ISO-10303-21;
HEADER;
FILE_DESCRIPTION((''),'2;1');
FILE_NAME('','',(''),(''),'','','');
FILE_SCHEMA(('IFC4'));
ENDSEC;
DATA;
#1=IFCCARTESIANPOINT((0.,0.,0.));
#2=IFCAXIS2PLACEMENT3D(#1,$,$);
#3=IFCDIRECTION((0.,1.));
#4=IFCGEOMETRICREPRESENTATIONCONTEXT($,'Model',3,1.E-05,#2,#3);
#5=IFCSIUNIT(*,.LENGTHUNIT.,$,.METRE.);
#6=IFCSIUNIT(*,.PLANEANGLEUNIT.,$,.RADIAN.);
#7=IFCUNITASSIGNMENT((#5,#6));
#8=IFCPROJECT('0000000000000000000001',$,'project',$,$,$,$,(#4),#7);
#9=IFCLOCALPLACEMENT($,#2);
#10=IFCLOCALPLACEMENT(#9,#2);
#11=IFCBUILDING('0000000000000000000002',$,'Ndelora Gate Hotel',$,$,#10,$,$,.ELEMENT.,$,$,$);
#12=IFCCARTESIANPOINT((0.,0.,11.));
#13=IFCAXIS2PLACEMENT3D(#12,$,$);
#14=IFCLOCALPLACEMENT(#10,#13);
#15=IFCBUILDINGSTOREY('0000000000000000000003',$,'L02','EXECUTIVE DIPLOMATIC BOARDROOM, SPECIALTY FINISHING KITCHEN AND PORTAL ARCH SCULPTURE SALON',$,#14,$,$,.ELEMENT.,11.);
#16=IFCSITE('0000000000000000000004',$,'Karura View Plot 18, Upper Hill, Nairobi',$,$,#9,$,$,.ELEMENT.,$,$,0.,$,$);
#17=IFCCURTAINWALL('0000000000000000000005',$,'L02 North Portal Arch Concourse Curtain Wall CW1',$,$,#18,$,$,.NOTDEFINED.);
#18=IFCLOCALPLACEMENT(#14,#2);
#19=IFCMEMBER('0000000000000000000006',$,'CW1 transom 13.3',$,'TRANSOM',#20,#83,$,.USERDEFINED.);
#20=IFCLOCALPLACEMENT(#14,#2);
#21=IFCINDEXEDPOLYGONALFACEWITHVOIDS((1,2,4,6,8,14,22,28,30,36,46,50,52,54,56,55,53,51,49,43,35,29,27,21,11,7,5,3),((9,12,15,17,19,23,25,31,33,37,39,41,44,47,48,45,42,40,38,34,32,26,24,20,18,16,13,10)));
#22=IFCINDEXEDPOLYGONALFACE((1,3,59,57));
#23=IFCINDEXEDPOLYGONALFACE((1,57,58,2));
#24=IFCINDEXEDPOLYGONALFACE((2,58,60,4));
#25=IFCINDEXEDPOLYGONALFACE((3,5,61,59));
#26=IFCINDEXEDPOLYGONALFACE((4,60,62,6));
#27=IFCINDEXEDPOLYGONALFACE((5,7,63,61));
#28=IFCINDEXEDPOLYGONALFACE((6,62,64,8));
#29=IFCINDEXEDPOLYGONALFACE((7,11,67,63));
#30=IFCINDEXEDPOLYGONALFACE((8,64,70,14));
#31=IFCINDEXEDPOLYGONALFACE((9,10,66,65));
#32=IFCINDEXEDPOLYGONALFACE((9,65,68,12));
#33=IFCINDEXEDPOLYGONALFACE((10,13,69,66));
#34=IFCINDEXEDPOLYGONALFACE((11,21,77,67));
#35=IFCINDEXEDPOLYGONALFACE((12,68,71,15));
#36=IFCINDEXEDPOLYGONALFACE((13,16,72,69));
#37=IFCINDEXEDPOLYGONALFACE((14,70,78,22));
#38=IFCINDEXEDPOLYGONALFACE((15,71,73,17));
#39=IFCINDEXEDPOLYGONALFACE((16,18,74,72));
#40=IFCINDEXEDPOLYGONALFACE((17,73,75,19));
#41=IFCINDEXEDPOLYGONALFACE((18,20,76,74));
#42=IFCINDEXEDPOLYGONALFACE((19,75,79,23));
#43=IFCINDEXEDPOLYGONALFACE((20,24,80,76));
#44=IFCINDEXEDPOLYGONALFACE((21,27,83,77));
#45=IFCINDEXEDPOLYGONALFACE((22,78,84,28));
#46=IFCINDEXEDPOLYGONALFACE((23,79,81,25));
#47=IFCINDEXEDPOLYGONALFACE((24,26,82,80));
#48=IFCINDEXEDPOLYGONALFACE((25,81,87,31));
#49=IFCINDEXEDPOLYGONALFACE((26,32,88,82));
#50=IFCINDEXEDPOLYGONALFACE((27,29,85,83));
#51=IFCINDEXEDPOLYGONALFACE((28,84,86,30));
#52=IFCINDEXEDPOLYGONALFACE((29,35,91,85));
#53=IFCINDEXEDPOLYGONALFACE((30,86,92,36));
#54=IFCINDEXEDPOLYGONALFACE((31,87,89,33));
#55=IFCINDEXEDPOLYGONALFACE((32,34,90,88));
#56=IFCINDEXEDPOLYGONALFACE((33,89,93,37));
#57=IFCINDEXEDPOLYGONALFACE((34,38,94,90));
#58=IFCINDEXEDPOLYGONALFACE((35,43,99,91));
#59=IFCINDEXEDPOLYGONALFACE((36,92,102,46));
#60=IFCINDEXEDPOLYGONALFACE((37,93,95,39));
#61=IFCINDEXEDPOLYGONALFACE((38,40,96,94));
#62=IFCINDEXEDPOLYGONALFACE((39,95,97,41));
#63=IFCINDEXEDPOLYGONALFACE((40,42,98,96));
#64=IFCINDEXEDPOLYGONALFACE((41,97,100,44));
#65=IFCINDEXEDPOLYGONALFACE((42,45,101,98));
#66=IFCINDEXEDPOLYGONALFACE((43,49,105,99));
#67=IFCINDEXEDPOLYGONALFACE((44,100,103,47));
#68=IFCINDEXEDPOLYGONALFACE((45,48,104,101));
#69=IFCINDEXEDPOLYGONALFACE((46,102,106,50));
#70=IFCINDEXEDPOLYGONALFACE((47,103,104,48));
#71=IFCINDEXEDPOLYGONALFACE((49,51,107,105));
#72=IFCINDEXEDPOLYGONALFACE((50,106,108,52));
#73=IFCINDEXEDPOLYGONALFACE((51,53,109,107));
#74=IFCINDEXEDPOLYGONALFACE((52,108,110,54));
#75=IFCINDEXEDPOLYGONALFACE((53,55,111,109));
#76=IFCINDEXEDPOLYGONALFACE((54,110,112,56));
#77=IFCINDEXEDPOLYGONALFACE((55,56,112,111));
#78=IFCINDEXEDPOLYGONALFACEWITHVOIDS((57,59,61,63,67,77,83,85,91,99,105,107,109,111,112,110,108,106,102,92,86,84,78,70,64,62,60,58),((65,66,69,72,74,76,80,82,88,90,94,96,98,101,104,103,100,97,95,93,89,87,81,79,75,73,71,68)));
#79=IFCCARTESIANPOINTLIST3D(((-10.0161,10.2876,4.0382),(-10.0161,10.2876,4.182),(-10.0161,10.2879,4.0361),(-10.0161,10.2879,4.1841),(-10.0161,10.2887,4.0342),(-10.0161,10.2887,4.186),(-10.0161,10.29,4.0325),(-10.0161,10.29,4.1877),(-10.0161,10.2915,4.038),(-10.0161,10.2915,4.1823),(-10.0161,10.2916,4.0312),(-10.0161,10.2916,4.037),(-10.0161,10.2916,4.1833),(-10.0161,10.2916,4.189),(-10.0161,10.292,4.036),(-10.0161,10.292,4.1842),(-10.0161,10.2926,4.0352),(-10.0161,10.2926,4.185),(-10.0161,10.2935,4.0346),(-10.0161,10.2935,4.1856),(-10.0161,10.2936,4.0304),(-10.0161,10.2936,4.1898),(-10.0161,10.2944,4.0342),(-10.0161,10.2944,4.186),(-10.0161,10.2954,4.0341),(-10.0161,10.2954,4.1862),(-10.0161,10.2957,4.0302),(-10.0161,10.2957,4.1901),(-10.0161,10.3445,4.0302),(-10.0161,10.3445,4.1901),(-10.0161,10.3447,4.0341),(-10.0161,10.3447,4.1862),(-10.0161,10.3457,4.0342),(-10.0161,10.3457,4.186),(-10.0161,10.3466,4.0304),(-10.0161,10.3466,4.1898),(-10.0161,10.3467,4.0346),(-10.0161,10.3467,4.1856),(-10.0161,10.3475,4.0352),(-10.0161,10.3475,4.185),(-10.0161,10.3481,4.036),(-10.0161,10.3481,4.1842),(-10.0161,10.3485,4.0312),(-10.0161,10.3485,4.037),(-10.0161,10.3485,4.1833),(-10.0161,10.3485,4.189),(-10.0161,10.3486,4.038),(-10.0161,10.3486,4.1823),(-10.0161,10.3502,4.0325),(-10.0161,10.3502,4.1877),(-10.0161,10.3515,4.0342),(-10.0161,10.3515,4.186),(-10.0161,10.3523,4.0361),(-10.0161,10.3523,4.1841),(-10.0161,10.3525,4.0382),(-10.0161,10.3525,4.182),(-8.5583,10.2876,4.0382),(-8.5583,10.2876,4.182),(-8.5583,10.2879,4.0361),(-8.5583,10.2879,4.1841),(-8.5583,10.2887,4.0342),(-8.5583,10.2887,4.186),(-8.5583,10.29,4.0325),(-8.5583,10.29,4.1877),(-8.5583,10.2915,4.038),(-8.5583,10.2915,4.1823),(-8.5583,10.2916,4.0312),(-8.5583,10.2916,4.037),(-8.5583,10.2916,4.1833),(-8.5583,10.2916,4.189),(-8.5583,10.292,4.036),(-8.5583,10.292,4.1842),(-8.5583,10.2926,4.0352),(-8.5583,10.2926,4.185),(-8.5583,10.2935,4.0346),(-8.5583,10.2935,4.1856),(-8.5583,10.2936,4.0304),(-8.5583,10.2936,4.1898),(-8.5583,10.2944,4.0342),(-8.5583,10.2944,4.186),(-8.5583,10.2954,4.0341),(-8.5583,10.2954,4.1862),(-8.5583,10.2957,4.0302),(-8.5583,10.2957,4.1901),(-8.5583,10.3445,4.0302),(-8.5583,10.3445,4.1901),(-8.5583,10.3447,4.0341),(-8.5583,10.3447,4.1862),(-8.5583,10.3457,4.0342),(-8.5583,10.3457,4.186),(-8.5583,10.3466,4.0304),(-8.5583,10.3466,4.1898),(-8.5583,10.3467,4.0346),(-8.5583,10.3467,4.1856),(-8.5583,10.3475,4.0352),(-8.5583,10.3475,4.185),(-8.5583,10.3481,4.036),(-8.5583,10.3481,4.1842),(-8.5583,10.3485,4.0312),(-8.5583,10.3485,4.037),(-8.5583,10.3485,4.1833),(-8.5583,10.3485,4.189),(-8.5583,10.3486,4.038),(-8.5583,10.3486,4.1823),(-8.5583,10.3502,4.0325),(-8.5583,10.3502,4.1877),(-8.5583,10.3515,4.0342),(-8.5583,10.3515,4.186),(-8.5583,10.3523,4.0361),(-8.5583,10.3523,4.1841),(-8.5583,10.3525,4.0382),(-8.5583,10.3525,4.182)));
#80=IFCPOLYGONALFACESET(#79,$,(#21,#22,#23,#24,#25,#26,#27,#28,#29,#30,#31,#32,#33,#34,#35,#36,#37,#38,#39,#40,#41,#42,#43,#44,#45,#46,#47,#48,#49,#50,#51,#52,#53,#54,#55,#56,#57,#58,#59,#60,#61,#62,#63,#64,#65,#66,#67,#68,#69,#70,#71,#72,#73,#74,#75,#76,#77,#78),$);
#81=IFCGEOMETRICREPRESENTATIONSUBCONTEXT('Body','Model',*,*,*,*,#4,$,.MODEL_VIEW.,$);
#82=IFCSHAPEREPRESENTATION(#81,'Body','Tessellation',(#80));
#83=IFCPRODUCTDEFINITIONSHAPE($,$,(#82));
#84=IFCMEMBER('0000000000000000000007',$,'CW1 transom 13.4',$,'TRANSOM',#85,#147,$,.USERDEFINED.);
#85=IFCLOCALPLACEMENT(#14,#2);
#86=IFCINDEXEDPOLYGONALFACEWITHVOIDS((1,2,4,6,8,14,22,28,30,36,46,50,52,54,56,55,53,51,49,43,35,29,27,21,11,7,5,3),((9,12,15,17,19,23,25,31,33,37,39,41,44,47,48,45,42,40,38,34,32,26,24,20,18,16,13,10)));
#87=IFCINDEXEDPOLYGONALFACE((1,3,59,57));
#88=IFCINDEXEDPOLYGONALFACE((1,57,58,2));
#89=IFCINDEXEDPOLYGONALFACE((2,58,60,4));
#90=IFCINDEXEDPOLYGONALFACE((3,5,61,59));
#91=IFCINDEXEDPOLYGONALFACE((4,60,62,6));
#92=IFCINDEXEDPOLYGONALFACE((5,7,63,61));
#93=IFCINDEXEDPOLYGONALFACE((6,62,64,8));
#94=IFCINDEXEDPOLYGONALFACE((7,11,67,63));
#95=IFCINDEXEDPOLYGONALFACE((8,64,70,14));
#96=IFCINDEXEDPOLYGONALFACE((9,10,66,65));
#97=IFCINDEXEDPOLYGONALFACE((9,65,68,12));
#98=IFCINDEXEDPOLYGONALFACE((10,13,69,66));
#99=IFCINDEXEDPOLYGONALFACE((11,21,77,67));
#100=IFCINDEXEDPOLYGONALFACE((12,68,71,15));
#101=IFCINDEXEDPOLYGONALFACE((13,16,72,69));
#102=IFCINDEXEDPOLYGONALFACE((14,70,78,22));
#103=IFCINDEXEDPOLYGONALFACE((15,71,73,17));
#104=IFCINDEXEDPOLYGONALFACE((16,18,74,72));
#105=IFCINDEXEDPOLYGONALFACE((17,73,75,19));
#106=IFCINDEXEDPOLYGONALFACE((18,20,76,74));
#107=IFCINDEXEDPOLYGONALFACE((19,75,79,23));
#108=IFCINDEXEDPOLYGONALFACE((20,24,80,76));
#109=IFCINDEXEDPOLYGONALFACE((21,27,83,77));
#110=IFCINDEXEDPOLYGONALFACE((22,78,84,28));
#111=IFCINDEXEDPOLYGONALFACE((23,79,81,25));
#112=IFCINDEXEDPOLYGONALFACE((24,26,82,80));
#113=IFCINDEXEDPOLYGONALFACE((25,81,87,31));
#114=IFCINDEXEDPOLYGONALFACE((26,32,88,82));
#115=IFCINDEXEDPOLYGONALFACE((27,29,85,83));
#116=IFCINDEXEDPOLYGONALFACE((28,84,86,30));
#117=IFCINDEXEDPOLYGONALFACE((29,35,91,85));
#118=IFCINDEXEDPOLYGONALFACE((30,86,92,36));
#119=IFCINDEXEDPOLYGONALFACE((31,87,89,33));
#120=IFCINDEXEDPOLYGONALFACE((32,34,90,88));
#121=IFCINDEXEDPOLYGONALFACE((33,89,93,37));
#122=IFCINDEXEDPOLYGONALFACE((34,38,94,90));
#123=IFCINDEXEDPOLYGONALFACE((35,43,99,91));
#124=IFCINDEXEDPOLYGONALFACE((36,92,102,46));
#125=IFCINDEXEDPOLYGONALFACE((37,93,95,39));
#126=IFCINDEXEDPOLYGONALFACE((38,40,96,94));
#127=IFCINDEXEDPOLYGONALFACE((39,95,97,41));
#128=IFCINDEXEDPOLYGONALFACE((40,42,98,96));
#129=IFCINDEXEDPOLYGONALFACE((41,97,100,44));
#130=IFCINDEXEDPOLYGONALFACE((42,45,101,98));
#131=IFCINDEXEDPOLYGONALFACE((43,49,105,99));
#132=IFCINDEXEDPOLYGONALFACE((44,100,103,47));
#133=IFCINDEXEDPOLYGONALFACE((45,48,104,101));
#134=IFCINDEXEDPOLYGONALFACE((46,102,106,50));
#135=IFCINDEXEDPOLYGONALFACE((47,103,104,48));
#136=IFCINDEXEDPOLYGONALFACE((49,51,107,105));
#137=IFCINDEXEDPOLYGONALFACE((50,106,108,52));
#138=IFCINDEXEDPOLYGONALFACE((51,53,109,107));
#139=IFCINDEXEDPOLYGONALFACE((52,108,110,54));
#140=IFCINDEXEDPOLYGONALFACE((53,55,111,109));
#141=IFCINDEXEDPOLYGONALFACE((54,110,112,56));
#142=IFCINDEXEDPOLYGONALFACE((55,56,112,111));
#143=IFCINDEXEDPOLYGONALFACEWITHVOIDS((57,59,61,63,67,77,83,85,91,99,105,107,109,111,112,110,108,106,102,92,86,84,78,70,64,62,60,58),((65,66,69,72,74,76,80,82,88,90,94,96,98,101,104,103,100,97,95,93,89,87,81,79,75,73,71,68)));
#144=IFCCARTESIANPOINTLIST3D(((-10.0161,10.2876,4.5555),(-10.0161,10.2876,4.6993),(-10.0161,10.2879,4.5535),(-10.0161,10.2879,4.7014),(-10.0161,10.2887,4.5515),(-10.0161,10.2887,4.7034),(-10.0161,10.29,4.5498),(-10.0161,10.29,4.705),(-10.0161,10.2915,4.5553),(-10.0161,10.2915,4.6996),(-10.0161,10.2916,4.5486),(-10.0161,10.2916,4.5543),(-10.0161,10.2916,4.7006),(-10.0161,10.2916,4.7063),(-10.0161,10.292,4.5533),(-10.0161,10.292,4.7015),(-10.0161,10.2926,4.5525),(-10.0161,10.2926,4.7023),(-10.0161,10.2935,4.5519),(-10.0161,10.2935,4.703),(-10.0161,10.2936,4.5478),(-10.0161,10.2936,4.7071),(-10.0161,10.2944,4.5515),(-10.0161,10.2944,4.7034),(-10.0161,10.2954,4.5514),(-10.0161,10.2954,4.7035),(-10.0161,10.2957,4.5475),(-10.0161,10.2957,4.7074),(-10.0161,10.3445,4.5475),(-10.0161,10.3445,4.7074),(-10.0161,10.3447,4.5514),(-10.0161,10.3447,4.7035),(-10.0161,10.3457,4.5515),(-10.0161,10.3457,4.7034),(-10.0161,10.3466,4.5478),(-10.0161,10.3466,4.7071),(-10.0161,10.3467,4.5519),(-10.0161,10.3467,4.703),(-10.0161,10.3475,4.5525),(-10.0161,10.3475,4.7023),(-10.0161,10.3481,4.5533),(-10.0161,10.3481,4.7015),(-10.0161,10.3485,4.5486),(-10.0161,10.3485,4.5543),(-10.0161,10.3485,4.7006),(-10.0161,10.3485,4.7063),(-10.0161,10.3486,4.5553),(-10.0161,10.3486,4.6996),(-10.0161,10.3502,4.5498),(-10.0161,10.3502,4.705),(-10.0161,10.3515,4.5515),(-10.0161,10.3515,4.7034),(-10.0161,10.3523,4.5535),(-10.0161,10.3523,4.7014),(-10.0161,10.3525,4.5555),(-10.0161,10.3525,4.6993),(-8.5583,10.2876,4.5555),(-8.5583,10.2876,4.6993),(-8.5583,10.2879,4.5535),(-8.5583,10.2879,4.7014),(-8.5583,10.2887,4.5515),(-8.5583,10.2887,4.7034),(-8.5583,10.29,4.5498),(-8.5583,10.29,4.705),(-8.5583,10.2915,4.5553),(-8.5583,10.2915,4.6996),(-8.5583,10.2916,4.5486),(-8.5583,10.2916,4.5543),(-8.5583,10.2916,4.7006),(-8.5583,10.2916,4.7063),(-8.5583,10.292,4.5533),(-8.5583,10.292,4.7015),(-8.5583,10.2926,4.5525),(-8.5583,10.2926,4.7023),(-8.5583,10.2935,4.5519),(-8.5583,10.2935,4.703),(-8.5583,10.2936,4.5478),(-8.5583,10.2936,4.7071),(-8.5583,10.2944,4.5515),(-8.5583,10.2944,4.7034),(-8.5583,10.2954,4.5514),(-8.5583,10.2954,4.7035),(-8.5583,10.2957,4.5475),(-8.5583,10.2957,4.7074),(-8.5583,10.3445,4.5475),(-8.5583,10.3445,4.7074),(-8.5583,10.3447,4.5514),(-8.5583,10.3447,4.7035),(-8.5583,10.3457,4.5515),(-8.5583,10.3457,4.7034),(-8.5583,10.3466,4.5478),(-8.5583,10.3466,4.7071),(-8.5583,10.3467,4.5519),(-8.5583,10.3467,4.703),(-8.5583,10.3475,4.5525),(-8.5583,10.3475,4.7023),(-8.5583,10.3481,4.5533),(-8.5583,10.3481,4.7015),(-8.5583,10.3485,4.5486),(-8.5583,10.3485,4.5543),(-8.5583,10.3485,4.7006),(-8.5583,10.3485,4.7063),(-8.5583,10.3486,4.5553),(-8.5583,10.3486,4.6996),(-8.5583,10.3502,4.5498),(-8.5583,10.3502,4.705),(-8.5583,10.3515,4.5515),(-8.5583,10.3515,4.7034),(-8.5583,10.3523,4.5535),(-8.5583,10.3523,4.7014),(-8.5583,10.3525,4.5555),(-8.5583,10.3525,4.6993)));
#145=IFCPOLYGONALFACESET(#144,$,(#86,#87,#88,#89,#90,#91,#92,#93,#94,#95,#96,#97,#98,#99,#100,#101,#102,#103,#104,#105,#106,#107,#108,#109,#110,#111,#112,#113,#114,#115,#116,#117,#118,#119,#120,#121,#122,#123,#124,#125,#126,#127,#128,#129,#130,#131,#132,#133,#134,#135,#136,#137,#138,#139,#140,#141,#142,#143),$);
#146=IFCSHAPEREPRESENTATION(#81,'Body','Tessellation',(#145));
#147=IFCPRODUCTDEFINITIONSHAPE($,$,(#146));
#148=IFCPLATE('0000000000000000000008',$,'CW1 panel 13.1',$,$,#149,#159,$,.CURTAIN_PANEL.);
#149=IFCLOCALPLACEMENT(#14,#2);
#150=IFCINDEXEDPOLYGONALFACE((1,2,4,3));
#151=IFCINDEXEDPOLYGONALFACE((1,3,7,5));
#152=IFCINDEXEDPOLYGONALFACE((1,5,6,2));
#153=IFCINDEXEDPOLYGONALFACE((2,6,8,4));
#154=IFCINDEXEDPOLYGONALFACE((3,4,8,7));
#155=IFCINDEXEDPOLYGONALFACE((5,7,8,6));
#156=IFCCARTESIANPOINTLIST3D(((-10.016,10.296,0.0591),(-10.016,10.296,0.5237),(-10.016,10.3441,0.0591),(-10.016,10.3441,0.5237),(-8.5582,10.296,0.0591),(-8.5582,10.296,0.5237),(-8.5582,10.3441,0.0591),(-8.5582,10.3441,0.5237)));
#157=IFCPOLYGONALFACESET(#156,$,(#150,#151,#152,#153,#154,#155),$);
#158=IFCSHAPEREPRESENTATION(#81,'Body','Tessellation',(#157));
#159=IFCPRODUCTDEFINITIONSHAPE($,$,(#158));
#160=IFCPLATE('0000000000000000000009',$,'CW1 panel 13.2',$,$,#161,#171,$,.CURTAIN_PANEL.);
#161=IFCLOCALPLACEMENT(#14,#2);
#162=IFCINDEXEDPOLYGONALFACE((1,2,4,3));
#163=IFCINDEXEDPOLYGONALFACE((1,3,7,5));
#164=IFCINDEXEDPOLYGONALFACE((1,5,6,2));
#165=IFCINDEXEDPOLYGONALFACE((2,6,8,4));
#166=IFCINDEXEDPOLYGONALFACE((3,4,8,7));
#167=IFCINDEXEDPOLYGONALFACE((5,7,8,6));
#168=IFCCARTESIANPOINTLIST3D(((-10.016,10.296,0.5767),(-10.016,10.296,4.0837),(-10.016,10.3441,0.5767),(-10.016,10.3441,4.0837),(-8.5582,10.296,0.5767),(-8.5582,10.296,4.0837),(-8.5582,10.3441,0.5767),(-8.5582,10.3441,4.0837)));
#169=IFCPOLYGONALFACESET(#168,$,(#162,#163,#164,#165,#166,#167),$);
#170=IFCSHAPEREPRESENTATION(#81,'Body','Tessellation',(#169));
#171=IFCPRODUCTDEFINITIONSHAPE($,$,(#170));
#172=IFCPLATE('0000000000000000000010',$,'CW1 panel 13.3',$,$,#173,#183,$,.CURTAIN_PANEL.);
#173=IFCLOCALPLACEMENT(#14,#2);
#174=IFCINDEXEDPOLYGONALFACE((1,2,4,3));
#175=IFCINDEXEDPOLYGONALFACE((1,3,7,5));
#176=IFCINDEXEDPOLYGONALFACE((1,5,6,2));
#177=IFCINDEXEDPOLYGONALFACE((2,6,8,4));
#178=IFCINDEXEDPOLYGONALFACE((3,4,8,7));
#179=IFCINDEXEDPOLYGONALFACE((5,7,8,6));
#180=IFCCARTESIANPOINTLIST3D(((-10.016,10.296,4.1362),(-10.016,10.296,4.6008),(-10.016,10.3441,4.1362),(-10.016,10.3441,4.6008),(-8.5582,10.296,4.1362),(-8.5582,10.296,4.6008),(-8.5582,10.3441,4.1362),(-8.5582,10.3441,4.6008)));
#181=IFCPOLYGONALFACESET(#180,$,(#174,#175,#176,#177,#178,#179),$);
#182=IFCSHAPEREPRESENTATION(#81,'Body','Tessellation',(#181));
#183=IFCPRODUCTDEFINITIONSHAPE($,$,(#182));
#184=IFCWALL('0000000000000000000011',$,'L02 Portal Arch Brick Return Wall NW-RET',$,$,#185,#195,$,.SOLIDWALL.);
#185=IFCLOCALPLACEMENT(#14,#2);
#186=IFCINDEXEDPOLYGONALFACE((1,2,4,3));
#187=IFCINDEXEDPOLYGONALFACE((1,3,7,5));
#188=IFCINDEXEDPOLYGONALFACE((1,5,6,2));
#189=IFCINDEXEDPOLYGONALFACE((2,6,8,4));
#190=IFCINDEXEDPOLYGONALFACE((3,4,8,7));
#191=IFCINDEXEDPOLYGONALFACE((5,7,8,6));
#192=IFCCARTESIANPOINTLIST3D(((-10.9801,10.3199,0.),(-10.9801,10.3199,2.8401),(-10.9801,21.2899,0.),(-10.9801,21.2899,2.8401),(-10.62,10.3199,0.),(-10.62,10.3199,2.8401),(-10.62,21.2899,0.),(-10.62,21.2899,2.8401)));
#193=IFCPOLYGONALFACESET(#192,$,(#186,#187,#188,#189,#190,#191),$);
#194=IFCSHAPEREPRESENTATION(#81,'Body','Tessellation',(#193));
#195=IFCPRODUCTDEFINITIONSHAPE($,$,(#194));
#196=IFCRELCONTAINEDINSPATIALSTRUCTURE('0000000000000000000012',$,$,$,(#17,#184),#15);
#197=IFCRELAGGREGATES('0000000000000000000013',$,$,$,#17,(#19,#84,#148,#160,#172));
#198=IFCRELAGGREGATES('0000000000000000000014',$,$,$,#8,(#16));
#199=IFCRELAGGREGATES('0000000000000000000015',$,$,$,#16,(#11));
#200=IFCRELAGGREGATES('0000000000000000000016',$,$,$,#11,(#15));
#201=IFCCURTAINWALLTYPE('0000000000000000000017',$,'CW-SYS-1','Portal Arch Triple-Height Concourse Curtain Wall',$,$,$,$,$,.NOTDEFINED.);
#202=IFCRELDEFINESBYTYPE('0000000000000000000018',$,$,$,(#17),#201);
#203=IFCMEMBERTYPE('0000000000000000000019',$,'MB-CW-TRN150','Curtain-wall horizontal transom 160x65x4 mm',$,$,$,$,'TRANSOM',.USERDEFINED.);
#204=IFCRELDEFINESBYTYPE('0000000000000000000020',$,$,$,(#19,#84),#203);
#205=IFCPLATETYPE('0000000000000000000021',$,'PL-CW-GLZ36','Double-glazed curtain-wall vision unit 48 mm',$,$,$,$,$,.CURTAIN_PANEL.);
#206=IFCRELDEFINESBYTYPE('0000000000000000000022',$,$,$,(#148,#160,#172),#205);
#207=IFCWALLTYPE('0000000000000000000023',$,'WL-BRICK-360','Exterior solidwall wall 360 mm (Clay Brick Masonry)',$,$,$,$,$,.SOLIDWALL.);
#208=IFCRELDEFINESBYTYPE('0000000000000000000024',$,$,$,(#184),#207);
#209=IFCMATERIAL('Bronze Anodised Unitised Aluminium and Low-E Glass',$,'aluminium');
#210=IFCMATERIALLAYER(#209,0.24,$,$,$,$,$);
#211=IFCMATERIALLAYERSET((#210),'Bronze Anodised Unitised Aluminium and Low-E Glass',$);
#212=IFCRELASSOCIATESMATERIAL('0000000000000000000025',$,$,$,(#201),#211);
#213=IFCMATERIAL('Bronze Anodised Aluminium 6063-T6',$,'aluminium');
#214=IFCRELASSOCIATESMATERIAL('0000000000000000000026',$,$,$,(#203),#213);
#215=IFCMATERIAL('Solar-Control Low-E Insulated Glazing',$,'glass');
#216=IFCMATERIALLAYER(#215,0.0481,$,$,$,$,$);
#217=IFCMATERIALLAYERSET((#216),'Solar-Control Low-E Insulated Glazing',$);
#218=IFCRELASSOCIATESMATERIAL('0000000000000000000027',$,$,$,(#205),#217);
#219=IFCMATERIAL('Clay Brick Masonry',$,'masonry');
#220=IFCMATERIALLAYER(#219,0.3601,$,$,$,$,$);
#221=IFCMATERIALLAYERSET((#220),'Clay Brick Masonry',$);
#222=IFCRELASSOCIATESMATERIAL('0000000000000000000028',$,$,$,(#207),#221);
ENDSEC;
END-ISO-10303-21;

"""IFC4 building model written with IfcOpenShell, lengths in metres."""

from ifc_helpers import new_model, si_unit, direction, frame, frame_2d, origin, origin_2d, place, context, subcontext, project, spatial, rectangle, hollow_rectangle, extrude, material, layer, layer_set, material_profile, profile_set, type_object, element, aggregate, save


model = new_model("IFC4")

# Units and contexts
model_context = context("Model", 3, precision=1e-05, world=origin(), true_north=direction((0.0, 1.0)))
body_context = subcontext(model_context, "Body", "Model", "MODEL_VIEW")
ifc_project = project(units=[si_unit("LENGTHUNIT", "METRE"), si_unit("PLANEANGLEUNIT", "RADIAN")], contexts=[model_context])

# Site, building, storey
site_placement = place(None, origin())
site = spatial("IfcSite", under=ifc_project, at=site_placement, Name="Karura View Plot 18, Upper Hill, Nairobi", CompositionType="ELEMENT", RefElevation=0.0)
building_placement = place(site_placement, origin())
building = spatial("IfcBuilding", under=site, at=building_placement, Name="Ndelora Gate Hotel", CompositionType="ELEMENT")
storey_placement = place(building_placement, frame((0.0, 0.0, 11.0)))
storey = spatial("IfcBuildingStorey", under=building, at=storey_placement, Name="L02", Description="EXECUTIVE DIPLOMATIC BOARDROOM, SPECIALTY FINISHING KITCHEN AND PORTAL ARCH SCULPTURE SALON", CompositionType="ELEMENT", Elevation=11.0)

# Curtain wall, members, plates
ifc_material_1 = material(Name="Bronze Anodised Unitised Aluminium and Low-E Glass", Category="aluminium")
ifc_layer_1 = layer(ifc_material_1, 0.24)
ifc_layer_set_1 = layer_set([ifc_layer_1], Name="Bronze Anodised Unitised Aluminium and Low-E Glass")
curtain_wall_type = type_object("IfcCurtainWallType", Name="CW-SYS-1", Description="Portal Arch Triple-Height Concourse Curtain Wall", PredefinedType="NOTDEFINED", material=ifc_layer_set_1)
curtain_wall_placement = place(storey_placement, origin())
curtain_wall = element("IfcCurtainWall", 1, at=curtain_wall_placement, inside=storey, type_object=curtain_wall_type, Name="L02 North Portal Arch Concourse Curtain Wall CW1", PredefinedType="NOTDEFINED")
ifc_material_2 = material(Name="Bronze Anodised Aluminium 6063-T6", Category="aluminium")
ifc_material_profile_1 = material_profile(ifc_material_2, hollow_rectangle(XDim=0.0649, YDim=0.1599, WallThickness=0.0039, InnerFilletRadius=0.0039, OuterFilletRadius=0.0081, at=origin_2d()), Name="ALU 160x65x4")
ifc_profile_set_1 = profile_set([ifc_material_profile_1], Name="Bronze Anodised Aluminium 6063-T6")
member_type_1 = type_object("IfcMemberType", Name="MB-CW-TRN150", Description="Curtain-wall horizontal transom 160x65x4 mm", ElementType="TRANSOM", PredefinedType="USERDEFINED", material=ifc_profile_set_1)
member_1_placement = place(storey_placement, frame((-8.5583, 10.3201, 4.1101), z_axis=(-1.0, 0.0, 0.0), x_axis=(0.0, -1.0, 0.0)))
member_1 = element("IfcMember", 2, at=member_1_placement, type_object=member_type_1, Name="CW1 transom 13.3", ObjectType="TRANSOM", PredefinedType="USERDEFINED", context=body_context, shape_type="SweptSolid", body=[
    extrude(hollow_rectangle(XDim=0.0649, YDim=0.1599, WallThickness=0.0039, InnerFilletRadius=0.0039, OuterFilletRadius=0.0081, at=origin_2d()), origin(), (0.0, 0.0, 1.0), 1.4578),
])
member_2_placement = place(storey_placement, frame((-8.5583, 10.3201, 4.6274), z_axis=(-1.0, 0.0, 0.0), x_axis=(0.0, -1.0, 0.0)))
member_2 = element("IfcMember", 3, at=member_2_placement, type_object=member_type_1, Name="CW1 transom 13.4", ObjectType="TRANSOM", PredefinedType="USERDEFINED", context=body_context, shape_type="SweptSolid", body=[
    extrude(hollow_rectangle(XDim=0.0649, YDim=0.1599, WallThickness=0.0039, InnerFilletRadius=0.0039, OuterFilletRadius=0.0081, at=origin_2d()), origin(), (0.0, 0.0, 1.0), 1.4578),
])
ifc_material_3 = material(Name="Solar-Control Low-E Insulated Glazing", Category="glass")
ifc_layer_2 = layer(ifc_material_3, 0.0481)
ifc_layer_set_2 = layer_set([ifc_layer_2], Name="Solar-Control Low-E Insulated Glazing")
plate_type = type_object("IfcPlateType", Name="PL-CW-GLZ36", Description="Double-glazed curtain-wall vision unit 48 mm", PredefinedType="CURTAIN_PANEL", material=ifc_layer_set_2)
plate_1_placement = place(storey_placement, frame((-9.2871, 10.3201, 0.0591), z_axis=(0.0, 0.0, 1.0), x_axis=(-1.0, 0.0, 0.0)))
plate_1 = element("IfcPlate", 4, at=plate_1_placement, type_object=plate_type, Name="CW1 panel 13.1", PredefinedType="CURTAIN_PANEL", context=body_context, shape_type="SweptSolid", body=[
    extrude(rectangle(XDim=1.4578, YDim=0.0481, at=origin_2d()), origin(), (0.0, 0.0, 1.0), 0.4646),
])
plate_2_placement = place(storey_placement, frame((-9.2871, 10.3201, 0.5767), z_axis=(0.0, 0.0, 1.0), x_axis=(-1.0, 0.0, 0.0)))
plate_2 = element("IfcPlate", 5, at=plate_2_placement, type_object=plate_type, Name="CW1 panel 13.2", PredefinedType="CURTAIN_PANEL", context=body_context, shape_type="SweptSolid", body=[
    extrude(rectangle(XDim=1.4578, YDim=0.0481, at=origin_2d()), origin(), (0.0, 0.0, 1.0), 3.5071),
])
plate_3_placement = place(storey_placement, frame((-9.2871, 10.3201, 4.1362), z_axis=(0.0, 0.0, 1.0), x_axis=(-1.0, 0.0, 0.0)))
plate_3 = element("IfcPlate", 6, at=plate_3_placement, type_object=plate_type, Name="CW1 panel 13.3", PredefinedType="CURTAIN_PANEL", context=body_context, shape_type="SweptSolid", body=[
    extrude(rectangle(XDim=1.4578, YDim=0.0481, at=origin_2d()), origin(), (0.0, 0.0, 1.0), 0.4646),
])
aggregate(curtain_wall, [member_1, member_2, plate_1, plate_2, plate_3])

# Wall
ifc_material_4 = material(Name="Clay Brick Masonry", Category="masonry")
ifc_layer_3 = layer(ifc_material_4, 0.3601)
ifc_layer_set_3 = layer_set([ifc_layer_3], Name="Clay Brick Masonry")
wall_type_1 = type_object("IfcWallType", Name="WL-BRICK-360", Description="Exterior solidwall wall 360 mm (Clay Brick Masonry)", PredefinedType="SOLIDWALL", material=ifc_layer_set_3)
wall_1_placement = place(storey_placement, frame((-10.8, 10.3201, 0.0), z_axis=(0.0, 0.0, 1.0), x_axis=(0.0, 1.0, 0.0)))
element("IfcWall", 7, at=wall_1_placement, inside=storey, type_object=wall_type_1, Name="L02 Portal Arch Brick Return Wall NW-RET", PredefinedType="SOLIDWALL", context=body_context, shape_type="SweptSolid", body=[
    extrude(rectangle(XDim=10.97, YDim=0.3601, at=frame_2d((5.4849, 0.0))), origin(), (0.0, 0.0, 1.0), 2.8401),
])

save(model, "model.ifc")
